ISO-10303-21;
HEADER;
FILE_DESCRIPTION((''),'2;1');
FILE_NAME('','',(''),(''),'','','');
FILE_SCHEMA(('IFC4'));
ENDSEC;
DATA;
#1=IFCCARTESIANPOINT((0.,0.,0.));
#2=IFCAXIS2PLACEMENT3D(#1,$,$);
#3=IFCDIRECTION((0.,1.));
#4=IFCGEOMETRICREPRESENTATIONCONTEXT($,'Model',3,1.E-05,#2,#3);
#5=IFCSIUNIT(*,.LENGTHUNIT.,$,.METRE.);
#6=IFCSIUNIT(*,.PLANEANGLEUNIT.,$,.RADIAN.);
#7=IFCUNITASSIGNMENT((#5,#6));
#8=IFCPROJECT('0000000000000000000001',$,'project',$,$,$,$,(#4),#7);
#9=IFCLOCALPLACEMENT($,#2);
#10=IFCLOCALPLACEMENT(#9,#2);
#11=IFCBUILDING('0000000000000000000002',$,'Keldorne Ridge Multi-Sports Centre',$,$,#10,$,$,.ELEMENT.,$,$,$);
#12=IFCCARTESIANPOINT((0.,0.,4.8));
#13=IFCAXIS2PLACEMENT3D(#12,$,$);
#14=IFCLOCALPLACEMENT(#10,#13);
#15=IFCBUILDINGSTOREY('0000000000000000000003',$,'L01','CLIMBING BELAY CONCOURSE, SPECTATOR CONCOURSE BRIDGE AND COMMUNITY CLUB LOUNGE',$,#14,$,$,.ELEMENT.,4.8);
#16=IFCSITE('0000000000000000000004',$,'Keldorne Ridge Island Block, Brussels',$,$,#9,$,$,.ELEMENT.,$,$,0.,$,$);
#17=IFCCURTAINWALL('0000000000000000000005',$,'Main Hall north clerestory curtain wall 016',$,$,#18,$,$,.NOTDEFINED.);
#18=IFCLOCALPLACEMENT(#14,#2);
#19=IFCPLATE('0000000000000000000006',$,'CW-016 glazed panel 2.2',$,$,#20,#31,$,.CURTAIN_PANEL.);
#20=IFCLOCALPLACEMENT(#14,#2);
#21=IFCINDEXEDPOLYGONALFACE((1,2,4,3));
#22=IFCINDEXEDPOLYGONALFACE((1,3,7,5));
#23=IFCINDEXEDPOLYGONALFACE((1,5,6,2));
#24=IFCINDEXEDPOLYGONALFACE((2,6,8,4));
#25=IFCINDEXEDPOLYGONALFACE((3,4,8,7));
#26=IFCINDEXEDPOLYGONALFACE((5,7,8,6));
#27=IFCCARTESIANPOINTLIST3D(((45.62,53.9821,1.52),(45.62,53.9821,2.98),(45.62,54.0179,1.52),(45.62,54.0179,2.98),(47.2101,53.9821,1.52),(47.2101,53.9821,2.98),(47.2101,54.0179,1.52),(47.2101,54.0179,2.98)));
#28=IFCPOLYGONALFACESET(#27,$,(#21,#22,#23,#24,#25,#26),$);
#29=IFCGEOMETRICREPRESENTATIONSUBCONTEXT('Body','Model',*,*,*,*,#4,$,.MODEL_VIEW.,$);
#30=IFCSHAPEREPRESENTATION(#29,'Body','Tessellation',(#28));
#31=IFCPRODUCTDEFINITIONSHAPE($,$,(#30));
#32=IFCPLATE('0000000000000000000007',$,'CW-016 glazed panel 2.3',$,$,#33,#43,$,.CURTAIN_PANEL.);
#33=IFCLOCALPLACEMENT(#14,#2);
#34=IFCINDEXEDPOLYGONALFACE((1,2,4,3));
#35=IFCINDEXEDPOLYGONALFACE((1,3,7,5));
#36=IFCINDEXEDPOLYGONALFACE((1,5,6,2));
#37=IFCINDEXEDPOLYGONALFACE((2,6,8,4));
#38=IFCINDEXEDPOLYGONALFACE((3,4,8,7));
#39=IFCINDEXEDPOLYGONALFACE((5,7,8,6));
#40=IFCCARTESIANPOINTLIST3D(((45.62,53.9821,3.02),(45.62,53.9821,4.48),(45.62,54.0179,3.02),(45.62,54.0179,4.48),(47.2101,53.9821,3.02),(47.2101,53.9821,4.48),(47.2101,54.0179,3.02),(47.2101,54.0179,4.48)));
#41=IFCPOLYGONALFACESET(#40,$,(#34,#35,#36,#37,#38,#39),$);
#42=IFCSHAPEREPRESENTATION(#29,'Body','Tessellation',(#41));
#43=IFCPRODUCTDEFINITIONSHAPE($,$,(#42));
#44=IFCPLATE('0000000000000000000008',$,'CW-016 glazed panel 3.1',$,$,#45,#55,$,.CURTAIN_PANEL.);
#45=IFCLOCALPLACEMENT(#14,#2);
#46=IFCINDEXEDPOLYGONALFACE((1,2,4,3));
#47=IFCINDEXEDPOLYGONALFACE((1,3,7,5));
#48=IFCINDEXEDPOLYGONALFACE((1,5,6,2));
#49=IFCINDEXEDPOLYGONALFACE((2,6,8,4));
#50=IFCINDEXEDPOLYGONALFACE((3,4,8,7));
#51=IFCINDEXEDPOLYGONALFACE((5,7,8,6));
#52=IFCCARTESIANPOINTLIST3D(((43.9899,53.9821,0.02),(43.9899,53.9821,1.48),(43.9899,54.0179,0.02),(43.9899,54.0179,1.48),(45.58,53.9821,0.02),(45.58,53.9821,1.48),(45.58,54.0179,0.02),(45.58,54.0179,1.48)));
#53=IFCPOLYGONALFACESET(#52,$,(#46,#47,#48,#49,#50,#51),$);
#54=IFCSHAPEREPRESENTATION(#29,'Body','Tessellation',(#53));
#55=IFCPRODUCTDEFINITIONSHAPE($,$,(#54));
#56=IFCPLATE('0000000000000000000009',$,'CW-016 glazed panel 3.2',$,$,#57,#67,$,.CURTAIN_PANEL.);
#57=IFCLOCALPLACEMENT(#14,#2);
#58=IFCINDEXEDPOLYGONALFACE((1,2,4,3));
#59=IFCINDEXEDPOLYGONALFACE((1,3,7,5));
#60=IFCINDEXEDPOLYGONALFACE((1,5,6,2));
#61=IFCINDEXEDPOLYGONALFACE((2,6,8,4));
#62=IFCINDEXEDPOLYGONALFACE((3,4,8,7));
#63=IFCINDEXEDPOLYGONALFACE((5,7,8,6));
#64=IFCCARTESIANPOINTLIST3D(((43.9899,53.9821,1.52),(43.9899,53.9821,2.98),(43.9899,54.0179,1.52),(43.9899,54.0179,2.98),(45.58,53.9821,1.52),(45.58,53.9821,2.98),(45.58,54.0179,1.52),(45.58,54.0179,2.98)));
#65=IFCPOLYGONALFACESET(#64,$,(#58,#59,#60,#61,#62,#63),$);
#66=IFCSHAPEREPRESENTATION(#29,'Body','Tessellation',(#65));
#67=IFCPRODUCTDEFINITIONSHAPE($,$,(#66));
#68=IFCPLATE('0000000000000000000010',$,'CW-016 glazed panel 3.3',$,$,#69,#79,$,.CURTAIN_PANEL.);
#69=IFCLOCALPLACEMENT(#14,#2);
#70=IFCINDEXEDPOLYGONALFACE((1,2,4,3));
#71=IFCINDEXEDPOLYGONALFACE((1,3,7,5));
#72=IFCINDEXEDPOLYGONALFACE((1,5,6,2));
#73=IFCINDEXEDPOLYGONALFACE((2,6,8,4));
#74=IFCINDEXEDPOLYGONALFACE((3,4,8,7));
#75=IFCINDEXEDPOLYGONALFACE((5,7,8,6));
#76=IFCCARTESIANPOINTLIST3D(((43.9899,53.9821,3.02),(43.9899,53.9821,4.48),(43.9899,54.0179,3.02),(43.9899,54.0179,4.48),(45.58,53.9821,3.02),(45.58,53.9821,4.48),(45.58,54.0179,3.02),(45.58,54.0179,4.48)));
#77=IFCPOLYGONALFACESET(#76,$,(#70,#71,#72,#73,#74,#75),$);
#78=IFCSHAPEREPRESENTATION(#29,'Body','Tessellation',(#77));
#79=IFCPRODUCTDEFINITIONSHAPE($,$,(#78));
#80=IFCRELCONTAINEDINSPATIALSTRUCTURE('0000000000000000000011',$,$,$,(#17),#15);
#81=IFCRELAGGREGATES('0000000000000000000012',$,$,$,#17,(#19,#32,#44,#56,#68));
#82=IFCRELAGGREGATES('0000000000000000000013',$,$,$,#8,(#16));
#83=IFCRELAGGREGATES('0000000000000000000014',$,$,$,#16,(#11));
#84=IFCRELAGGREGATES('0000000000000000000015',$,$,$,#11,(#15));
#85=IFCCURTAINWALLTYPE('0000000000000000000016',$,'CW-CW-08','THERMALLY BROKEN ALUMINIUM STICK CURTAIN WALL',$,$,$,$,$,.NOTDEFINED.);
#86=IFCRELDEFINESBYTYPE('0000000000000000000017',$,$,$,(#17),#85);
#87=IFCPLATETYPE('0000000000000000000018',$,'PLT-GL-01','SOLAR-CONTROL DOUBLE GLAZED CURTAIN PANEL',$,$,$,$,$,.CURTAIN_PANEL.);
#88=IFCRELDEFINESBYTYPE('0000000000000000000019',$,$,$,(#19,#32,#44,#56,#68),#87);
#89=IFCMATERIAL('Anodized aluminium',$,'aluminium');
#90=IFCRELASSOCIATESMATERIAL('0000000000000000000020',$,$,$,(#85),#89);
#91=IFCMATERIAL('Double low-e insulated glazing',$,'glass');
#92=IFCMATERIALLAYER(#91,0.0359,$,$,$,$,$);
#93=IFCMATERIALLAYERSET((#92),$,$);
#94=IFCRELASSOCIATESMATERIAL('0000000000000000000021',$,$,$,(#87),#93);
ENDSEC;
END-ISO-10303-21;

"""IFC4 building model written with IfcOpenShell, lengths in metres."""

from ifc_helpers import new_model, si_unit, direction, frame, origin, origin_2d, place, context, subcontext, project, spatial, rectangle, extrude, material, layer, layer_set, type_object, element, aggregate, save


model = new_model("IFC4")

# Units and contexts
model_context = context("Model", 3, precision=1e-05, world=origin(), true_north=direction((0.0, 1.0)))
body_context = subcontext(model_context, "Body", "Model", "MODEL_VIEW")
ifc_project = project(units=[si_unit("LENGTHUNIT", "METRE"), si_unit("PLANEANGLEUNIT", "RADIAN")], contexts=[model_context])

# Site, building, storey
site_placement = place(None, origin())
site = spatial("IfcSite", under=ifc_project, at=site_placement, Name="Keldorne Ridge Island Block, Brussels", CompositionType="ELEMENT", RefElevation=0.0)
building_placement = place(site_placement, origin())
building = spatial("IfcBuilding", under=site, at=building_placement, Name="Keldorne Ridge Multi-Sports Centre", CompositionType="ELEMENT")
storey_placement = place(building_placement, frame((0.0, 0.0, 4.8)))
storey = spatial("IfcBuildingStorey", under=building, at=storey_placement, Name="L01", Description="CLIMBING BELAY CONCOURSE, SPECTATOR CONCOURSE BRIDGE AND COMMUNITY CLUB LOUNGE", CompositionType="ELEMENT", Elevation=4.8)

# Curtain wall
ifc_material_1 = material(Name="Anodized aluminium", Category="aluminium")
curtain_wall_type_1 = type_object("IfcCurtainWallType", Name="CW-CW-08", Description="THERMALLY BROKEN ALUMINIUM STICK CURTAIN WALL", PredefinedType="NOTDEFINED", material=ifc_material_1)
curtain_wall_1_placement = place(storey_placement, origin())
curtain_wall_1 = element("IfcCurtainWall", 1, at=curtain_wall_1_placement, inside=storey, type_object=curtain_wall_type_1, Name="Main Hall north clerestory curtain wall 016", PredefinedType="NOTDEFINED")

# Plates
ifc_material_2 = material(Name="Double low-e insulated glazing", Category="glass")
ifc_layer = layer(ifc_material_2, 0.0359)
ifc_layer_set = layer_set([ifc_layer])
plate_type = type_object("IfcPlateType", Name="PLT-GL-01", Description="SOLAR-CONTROL DOUBLE GLAZED CURTAIN PANEL", PredefinedType="CURTAIN_PANEL", material=ifc_layer_set)
plate_1_placement = place(storey_placement, frame((46.415, 54.0, 1.52), z_axis=(0.0, 0.0, 1.0), x_axis=(-1.0, 0.0, 0.0)))
plate_1 = element("IfcPlate", 2, at=plate_1_placement, type_object=plate_type, Name="CW-016 glazed panel 2.2", PredefinedType="CURTAIN_PANEL", context=body_context, shape_type="SweptSolid", body=[
    extrude(rectangle(XDim=1.5901, YDim=0.0359, at=origin_2d()), origin(), (0.0, 0.0, 1.0), 1.46),
])
plate_2_placement = place(storey_placement, frame((46.415, 54.0, 3.02), z_axis=(0.0, 0.0, 1.0), x_axis=(-1.0, 0.0, 0.0)))
plate_2 = element("IfcPlate", 3, at=plate_2_placement, type_object=plate_type, Name="CW-016 glazed panel 2.3", PredefinedType="CURTAIN_PANEL", context=body_context, shape_type="SweptSolid", body=[
    extrude(rectangle(XDim=1.5901, YDim=0.0359, at=origin_2d()), origin(), (0.0, 0.0, 1.0), 1.46),
])
plate_3_placement = place(storey_placement, frame((44.7849, 54.0, 0.02), z_axis=(0.0, 0.0, 1.0), x_axis=(-1.0, 0.0, 0.0)))
plate_3 = element("IfcPlate", 4, at=plate_3_placement, type_object=plate_type, Name="CW-016 glazed panel 3.1", PredefinedType="CURTAIN_PANEL", context=body_context, shape_type="SweptSolid", body=[
    extrude(rectangle(XDim=1.5901, YDim=0.0359, at=origin_2d()), origin(), (0.0, 0.0, 1.0), 1.46),
])
plate_4_placement = place(storey_placement, frame((44.7849, 54.0, 1.52), z_axis=(0.0, 0.0, 1.0), x_axis=(-1.0, 0.0, 0.0)))
plate_4 = element("IfcPlate", 5, at=plate_4_placement, type_object=plate_type, Name="CW-016 glazed panel 3.2", PredefinedType="CURTAIN_PANEL", context=body_context, shape_type="SweptSolid", body=[
    extrude(rectangle(XDim=1.5901, YDim=0.0359, at=origin_2d()), origin(), (0.0, 0.0, 1.0), 1.46),
])
plate_5_placement = place(storey_placement, frame((44.7849, 54.0, 3.02), z_axis=(0.0, 0.0, 1.0), x_axis=(-1.0, 0.0, 0.0)))
plate_5 = element("IfcPlate", 6, at=plate_5_placement, type_object=plate_type, Name="CW-016 glazed panel 3.3", PredefinedType="CURTAIN_PANEL", context=body_context, shape_type="SweptSolid", body=[
    extrude(rectangle(XDim=1.5901, YDim=0.0359, at=origin_2d()), origin(), (0.0, 0.0, 1.0), 1.46),
])
aggregate(curtain_wall_1, [plate_1, plate_2, plate_3, plate_4, plate_5])

save(model, "model.ifc")
